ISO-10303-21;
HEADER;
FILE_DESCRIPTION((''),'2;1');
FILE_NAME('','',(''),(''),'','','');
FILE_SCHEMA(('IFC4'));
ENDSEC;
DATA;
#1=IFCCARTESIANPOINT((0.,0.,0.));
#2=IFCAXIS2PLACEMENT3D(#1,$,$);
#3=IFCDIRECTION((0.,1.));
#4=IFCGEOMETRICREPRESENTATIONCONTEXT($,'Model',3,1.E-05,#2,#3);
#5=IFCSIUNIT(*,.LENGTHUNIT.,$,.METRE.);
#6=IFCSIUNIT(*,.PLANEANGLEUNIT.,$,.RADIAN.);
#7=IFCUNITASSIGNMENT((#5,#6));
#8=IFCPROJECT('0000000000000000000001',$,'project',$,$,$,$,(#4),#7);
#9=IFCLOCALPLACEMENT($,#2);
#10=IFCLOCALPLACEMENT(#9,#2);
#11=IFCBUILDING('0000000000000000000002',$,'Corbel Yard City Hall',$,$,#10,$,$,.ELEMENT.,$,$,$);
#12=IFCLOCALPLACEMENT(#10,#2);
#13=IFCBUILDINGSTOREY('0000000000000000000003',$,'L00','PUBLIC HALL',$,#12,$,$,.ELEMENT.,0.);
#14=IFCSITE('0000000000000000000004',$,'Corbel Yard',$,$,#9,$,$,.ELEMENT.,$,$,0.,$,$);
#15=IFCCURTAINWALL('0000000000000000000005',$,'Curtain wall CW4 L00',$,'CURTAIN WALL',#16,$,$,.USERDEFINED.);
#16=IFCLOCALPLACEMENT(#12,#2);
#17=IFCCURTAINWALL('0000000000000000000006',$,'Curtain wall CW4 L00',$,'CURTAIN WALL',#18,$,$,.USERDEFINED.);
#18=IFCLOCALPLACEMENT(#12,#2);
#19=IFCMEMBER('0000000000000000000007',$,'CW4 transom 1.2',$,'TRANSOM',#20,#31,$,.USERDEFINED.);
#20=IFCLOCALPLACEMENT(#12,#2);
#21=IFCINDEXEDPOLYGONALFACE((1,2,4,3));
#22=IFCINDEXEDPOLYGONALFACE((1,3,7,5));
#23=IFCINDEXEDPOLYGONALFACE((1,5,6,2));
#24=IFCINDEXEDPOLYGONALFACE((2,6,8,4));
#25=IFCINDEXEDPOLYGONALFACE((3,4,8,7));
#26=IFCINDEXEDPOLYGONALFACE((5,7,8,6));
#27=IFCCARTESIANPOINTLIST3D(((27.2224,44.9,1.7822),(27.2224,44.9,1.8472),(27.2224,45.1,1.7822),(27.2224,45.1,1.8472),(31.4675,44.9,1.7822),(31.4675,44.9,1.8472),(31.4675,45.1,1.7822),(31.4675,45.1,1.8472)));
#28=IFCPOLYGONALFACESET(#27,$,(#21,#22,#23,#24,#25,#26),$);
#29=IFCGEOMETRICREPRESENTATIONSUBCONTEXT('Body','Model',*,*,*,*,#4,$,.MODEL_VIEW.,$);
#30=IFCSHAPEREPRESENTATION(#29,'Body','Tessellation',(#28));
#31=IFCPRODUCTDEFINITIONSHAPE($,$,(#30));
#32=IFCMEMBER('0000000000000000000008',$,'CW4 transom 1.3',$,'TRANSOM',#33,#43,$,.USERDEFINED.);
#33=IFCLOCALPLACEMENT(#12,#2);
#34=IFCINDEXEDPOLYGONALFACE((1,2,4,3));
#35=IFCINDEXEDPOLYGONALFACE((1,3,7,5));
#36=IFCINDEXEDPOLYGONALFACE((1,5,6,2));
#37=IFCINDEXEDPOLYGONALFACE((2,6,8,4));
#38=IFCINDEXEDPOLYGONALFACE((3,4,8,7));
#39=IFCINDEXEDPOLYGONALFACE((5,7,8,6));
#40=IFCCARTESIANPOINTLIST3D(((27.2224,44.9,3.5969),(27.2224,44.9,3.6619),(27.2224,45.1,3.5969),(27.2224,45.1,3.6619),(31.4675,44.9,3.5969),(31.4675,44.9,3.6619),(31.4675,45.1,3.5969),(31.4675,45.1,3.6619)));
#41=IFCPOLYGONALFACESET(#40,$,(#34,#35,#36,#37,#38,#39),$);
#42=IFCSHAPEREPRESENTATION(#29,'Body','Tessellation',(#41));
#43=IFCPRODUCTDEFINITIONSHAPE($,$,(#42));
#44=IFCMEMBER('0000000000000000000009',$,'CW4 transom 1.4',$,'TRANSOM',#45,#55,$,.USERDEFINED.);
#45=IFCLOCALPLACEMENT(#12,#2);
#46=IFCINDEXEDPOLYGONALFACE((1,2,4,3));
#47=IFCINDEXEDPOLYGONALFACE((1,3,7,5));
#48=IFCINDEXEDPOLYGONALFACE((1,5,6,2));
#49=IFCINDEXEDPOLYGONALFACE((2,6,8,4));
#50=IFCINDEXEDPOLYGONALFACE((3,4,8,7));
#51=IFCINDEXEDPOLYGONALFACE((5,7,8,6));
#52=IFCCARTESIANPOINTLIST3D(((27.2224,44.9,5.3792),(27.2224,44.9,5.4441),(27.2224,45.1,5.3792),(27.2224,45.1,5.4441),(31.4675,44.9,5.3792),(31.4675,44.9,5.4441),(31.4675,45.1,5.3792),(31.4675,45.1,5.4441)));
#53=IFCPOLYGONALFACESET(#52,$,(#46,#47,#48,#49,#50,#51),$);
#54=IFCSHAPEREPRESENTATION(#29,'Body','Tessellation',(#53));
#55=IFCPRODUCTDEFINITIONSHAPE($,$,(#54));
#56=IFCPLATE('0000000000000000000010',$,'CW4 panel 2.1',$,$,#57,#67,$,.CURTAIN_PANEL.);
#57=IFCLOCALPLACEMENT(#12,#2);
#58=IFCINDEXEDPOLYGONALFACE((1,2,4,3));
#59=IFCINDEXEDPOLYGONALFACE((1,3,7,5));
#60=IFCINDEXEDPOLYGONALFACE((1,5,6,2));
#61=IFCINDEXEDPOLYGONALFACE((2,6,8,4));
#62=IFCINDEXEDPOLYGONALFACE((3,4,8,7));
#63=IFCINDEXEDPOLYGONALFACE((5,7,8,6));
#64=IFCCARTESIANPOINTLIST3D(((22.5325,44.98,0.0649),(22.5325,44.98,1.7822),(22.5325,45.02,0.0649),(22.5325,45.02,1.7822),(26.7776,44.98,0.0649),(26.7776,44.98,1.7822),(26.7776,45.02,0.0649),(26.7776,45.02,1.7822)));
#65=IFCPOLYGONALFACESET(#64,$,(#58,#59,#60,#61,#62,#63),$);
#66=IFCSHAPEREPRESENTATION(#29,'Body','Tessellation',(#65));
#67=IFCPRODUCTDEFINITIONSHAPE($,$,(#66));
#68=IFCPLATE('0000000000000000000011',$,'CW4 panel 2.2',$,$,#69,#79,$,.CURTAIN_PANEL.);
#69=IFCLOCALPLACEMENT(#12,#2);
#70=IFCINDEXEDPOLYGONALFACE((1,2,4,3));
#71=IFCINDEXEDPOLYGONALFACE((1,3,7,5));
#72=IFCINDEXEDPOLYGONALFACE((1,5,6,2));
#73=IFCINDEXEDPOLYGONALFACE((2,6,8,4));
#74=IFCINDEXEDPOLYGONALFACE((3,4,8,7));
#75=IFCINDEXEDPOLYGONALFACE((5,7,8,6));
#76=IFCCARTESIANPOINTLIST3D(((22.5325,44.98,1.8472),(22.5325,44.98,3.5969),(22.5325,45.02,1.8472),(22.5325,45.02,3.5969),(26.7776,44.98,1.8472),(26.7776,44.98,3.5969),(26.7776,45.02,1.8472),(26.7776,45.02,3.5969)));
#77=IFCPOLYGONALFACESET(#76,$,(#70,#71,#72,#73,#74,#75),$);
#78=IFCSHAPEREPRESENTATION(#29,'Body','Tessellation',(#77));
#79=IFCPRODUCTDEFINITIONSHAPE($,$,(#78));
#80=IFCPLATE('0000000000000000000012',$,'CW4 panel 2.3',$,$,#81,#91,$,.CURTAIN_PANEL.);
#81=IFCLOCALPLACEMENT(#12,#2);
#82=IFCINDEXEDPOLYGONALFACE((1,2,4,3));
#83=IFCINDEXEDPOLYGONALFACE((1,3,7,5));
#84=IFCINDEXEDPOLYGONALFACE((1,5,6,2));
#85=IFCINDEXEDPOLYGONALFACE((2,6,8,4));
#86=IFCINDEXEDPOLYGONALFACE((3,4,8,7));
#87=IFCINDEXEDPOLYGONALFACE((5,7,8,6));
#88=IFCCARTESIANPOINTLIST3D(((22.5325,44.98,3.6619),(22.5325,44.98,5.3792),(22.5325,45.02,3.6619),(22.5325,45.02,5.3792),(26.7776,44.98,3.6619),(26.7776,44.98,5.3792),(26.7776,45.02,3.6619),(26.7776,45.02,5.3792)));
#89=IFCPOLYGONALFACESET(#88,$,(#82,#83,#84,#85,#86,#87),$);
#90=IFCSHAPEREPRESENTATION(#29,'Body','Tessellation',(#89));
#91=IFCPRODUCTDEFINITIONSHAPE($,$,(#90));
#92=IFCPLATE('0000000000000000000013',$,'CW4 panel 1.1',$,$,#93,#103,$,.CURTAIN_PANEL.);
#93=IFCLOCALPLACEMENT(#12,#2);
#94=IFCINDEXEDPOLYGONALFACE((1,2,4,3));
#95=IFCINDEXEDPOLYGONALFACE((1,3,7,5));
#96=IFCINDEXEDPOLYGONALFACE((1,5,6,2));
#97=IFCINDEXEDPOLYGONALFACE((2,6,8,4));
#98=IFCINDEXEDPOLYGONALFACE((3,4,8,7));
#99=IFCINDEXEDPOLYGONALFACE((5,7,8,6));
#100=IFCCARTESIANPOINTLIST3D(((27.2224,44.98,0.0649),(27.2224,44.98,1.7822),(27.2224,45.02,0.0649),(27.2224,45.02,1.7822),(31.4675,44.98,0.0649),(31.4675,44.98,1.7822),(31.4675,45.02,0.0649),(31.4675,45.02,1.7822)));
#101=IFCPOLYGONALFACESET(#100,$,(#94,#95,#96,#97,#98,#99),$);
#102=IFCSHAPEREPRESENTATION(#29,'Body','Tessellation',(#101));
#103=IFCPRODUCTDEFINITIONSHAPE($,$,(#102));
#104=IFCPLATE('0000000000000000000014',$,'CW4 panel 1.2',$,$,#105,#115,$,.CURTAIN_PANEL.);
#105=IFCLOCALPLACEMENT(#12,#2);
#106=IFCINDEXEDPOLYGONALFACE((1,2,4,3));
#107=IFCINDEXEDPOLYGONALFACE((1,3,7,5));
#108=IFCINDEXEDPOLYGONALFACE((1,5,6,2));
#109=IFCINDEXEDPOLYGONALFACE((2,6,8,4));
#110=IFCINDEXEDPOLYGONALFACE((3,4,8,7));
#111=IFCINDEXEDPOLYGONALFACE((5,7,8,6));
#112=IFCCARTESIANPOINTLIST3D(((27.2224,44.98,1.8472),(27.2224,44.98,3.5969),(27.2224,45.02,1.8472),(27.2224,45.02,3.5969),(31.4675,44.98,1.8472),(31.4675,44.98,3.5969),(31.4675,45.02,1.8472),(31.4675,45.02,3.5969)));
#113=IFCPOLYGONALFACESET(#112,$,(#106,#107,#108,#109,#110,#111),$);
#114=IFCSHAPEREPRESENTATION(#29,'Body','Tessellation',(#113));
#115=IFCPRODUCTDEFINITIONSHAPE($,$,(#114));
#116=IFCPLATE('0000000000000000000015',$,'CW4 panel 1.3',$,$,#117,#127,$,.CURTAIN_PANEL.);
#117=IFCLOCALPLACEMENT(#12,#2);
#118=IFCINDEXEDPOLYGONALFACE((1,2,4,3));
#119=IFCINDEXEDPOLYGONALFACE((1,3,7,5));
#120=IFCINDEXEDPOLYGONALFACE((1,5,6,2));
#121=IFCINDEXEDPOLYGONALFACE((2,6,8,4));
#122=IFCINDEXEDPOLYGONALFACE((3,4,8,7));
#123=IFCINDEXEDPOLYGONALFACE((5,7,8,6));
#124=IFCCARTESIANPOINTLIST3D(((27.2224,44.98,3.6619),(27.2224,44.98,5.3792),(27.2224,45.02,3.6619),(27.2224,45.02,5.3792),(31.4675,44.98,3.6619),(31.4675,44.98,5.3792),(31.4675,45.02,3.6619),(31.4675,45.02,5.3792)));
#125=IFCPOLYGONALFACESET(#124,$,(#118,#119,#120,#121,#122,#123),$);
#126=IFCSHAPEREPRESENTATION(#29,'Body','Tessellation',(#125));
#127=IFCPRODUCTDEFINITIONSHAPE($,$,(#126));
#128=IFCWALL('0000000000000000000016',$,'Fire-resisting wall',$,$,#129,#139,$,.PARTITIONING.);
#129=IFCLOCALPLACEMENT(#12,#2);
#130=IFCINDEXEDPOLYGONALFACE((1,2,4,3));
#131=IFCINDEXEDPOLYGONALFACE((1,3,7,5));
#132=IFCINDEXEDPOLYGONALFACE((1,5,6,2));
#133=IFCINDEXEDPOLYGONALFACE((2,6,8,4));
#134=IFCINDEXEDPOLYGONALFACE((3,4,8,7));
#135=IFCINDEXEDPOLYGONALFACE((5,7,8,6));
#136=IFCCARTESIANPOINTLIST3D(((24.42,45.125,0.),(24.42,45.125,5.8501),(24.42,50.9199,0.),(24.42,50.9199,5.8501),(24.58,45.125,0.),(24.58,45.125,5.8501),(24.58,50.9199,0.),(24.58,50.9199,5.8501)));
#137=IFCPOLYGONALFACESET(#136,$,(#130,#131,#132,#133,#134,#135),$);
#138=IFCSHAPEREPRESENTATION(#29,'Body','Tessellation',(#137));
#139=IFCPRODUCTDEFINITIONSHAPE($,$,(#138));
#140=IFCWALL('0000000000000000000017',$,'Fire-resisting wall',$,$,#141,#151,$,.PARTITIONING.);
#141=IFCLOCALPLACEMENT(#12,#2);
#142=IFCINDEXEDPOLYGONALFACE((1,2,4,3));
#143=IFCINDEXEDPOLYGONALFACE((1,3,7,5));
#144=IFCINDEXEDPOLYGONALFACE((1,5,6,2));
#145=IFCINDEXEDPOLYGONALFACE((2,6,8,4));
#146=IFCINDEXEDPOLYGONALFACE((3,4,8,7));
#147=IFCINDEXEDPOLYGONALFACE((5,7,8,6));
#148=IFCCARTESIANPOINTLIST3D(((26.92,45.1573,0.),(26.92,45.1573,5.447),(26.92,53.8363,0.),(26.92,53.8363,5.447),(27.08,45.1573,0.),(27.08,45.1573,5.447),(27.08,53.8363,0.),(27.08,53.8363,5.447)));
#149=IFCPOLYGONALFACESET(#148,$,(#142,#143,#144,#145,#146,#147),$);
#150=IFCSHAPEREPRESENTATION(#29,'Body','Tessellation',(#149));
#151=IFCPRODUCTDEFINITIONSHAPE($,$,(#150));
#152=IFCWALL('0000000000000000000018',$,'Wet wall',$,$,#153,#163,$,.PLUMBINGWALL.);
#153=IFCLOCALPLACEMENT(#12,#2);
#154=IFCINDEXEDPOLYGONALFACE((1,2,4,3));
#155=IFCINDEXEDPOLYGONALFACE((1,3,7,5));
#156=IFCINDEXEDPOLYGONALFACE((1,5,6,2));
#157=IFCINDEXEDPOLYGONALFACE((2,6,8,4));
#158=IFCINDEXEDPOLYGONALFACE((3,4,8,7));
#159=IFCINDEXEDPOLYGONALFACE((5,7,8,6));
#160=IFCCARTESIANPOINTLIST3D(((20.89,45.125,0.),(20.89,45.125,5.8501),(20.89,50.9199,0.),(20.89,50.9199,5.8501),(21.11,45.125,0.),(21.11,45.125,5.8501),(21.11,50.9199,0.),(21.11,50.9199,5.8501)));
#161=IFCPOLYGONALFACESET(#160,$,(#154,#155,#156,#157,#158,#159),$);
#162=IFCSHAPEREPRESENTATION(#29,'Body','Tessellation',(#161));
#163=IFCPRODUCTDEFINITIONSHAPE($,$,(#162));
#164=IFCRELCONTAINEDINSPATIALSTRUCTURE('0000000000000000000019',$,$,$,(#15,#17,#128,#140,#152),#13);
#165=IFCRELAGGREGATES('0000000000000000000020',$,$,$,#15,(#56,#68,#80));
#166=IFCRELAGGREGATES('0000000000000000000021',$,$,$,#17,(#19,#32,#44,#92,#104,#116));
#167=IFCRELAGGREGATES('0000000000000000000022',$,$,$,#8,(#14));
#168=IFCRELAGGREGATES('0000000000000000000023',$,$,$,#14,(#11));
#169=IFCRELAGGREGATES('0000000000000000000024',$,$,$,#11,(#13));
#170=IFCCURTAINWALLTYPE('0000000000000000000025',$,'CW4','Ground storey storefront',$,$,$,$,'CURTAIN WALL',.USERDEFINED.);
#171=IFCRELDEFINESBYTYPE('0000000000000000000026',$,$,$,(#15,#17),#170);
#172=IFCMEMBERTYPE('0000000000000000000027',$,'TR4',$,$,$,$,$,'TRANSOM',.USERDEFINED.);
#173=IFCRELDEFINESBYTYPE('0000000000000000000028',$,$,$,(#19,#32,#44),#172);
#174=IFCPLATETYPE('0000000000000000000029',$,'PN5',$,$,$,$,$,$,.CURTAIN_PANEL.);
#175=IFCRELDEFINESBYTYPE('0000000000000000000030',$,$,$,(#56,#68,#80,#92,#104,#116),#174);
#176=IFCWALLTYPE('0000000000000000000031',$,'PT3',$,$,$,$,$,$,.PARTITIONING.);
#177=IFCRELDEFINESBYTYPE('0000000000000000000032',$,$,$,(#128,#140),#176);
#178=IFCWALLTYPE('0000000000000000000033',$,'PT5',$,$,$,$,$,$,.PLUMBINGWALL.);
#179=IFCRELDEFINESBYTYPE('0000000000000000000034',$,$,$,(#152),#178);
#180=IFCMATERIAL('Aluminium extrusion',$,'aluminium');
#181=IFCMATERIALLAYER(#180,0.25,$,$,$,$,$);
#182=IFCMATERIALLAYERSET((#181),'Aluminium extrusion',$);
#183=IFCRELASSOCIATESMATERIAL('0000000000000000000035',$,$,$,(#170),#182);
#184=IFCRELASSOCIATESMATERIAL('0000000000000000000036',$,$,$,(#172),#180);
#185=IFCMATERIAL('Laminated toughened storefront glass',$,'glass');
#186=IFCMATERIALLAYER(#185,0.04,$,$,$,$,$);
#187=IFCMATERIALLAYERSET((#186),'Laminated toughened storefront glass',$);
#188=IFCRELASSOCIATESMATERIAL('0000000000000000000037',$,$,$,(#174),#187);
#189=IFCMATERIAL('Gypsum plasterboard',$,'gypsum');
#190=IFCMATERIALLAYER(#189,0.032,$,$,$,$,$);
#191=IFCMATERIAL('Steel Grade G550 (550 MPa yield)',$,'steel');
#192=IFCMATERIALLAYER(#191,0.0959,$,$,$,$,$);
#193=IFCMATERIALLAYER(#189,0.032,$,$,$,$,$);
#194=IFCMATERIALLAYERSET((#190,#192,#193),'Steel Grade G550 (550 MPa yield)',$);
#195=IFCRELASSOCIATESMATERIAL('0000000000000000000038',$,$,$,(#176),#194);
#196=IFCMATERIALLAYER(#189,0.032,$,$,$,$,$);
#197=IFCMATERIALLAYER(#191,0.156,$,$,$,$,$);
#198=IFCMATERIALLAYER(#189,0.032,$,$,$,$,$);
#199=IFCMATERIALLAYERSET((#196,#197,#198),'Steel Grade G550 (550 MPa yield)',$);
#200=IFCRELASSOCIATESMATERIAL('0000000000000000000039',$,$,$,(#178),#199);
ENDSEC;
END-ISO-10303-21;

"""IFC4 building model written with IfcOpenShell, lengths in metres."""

from ifc_helpers import new_model, si_unit, direction, frame, frame_2d, origin, origin_2d, place, context, subcontext, project, spatial, rectangle, extrude, material, layer, layer_set, material_profile, profile_set, type_object, element, aggregate, save


model = new_model("IFC4")

# Units and contexts
model_context = context("Model", 3, precision=1e-05, world=origin(), true_north=direction((0.0, 1.0)))
body_context = subcontext(model_context, "Body", "Model", "MODEL_VIEW")
ifc_project = project(units=[si_unit("LENGTHUNIT", "METRE"), si_unit("PLANEANGLEUNIT", "RADIAN")], contexts=[model_context])

# Site, building, storey
site_placement = place(None, origin())
site = spatial("IfcSite", under=ifc_project, at=site_placement, Name="Corbel Yard", CompositionType="ELEMENT", RefElevation=0.0)
building_placement = place(site_placement, origin())
building = spatial("IfcBuilding", under=site, at=building_placement, Name="Corbel Yard City Hall", CompositionType="ELEMENT")
storey_placement = place(building_placement, origin())
storey = spatial("IfcBuildingStorey", under=building, at=storey_placement, Name="L00", Description="PUBLIC HALL", CompositionType="ELEMENT", Elevation=0.0)

# Curtain wall
ifc_material_1 = material(Name="Aluminium extrusion", Category="aluminium")
ifc_layer_1 = layer(ifc_material_1, 0.25)
ifc_layer_set_1 = layer_set([ifc_layer_1], Name="Aluminium extrusion")
curtain_wall_type = type_object("IfcCurtainWallType", Name="CW4", Description="Ground storey storefront", ElementType="CURTAIN WALL", PredefinedType="USERDEFINED", material=ifc_layer_set_1)
curtain_wall_1_placement = place(storey_placement, origin())
curtain_wall_1 = element("IfcCurtainWall", 1, at=curtain_wall_1_placement, inside=storey, type_object=curtain_wall_type, Name="Curtain wall CW4 L00", ObjectType="CURTAIN WALL", PredefinedType="USERDEFINED")

# Curtain wall, members
curtain_wall_2_placement = place(storey_placement, origin())
curtain_wall_2 = element("IfcCurtainWall", 2, at=curtain_wall_2_placement, inside=storey, type_object=curtain_wall_type, Name="Curtain wall CW4 L00", ObjectType="CURTAIN WALL", PredefinedType="USERDEFINED")
ifc_material_profile_1 = material_profile(ifc_material_1, rectangle(XDim=0.2, YDim=0.0649, at=origin_2d()), Name="200x65")
ifc_profile_set_1 = profile_set([ifc_material_profile_1], Name="Aluminium extrusion")
member_type_1 = type_object("IfcMemberType", Name="TR4", ElementType="TRANSOM", PredefinedType="USERDEFINED", material=ifc_profile_set_1)
member_1_placement = place(storey_placement, frame((27.2224, 45.0, 1.8147), z_axis=(1.0, 0.0, 0.0), x_axis=(0.0, 1.0, 0.0)))
member_1 = element("IfcMember", 3, at=member_1_placement, type_object=member_type_1, Name="CW4 transom 1.2", ObjectType="TRANSOM", PredefinedType="USERDEFINED", context=body_context, shape_type="SweptSolid", body=[
    extrude(rectangle(XDim=0.2, YDim=0.0649, at=origin_2d()), origin(), (0.0, 0.0, 1.0), 4.2451),
])
member_2_placement = place(storey_placement, frame((27.2224, 45.0, 3.6294), z_axis=(1.0, 0.0, 0.0), x_axis=(0.0, 1.0, 0.0)))
member_2 = element("IfcMember", 4, at=member_2_placement, type_object=member_type_1, Name="CW4 transom 1.3", ObjectType="TRANSOM", PredefinedType="USERDEFINED", context=body_context, shape_type="SweptSolid", body=[
    extrude(rectangle(XDim=0.2, YDim=0.0649, at=origin_2d()), origin(), (0.0, 0.0, 1.0), 4.2451),
])
member_3_placement = place(storey_placement, frame((27.2224, 45.0, 5.4116), z_axis=(1.0, 0.0, 0.0), x_axis=(0.0, 1.0, 0.0)))
member_3 = element("IfcMember", 5, at=member_3_placement, type_object=member_type_1, Name="CW4 transom 1.4", ObjectType="TRANSOM", PredefinedType="USERDEFINED", context=body_context, shape_type="SweptSolid", body=[
    extrude(rectangle(XDim=0.2, YDim=0.0649, at=origin_2d()), origin(), (0.0, 0.0, 1.0), 4.2451),
])

# Plates
ifc_material_2 = material(Name="Laminated toughened storefront glass", Category="glass")
ifc_layer_2 = layer(ifc_material_2, 0.04)
ifc_layer_set_2 = layer_set([ifc_layer_2], Name="Laminated toughened storefront glass")
plate_type = type_object("IfcPlateType", Name="PN5", PredefinedType="CURTAIN_PANEL", material=ifc_layer_set_2)
plate_1_placement = place(storey_placement, frame((24.655, 45.0, 0.0649), z_axis=(0.0, 0.0, 1.0), x_axis=(1.0, 0.0, 0.0)))
plate_1 = element("IfcPlate", 6, at=plate_1_placement, type_object=plate_type, Name="CW4 panel 2.1", PredefinedType="CURTAIN_PANEL", context=body_context, shape_type="SweptSolid", body=[
    extrude(rectangle(XDim=4.2451, YDim=0.04, at=origin_2d()), origin(), (0.0, 0.0, 1.0), 1.7173),
])
plate_2_placement = place(storey_placement, frame((24.655, 45.0, 1.8472), z_axis=(0.0, 0.0, 1.0), x_axis=(1.0, 0.0, 0.0)))
plate_2 = element("IfcPlate", 7, at=plate_2_placement, type_object=plate_type, Name="CW4 panel 2.2", PredefinedType="CURTAIN_PANEL", context=body_context, shape_type="SweptSolid", body=[
    extrude(rectangle(XDim=4.2451, YDim=0.04, at=origin_2d()), origin(), (0.0, 0.0, 1.0), 1.7498),
])
plate_3_placement = place(storey_placement, frame((24.655, 45.0, 3.6619), z_axis=(0.0, 0.0, 1.0), x_axis=(1.0, 0.0, 0.0)))
plate_3 = element("IfcPlate", 8, at=plate_3_placement, type_object=plate_type, Name="CW4 panel 2.3", PredefinedType="CURTAIN_PANEL", context=body_context, shape_type="SweptSolid", body=[
    extrude(rectangle(XDim=4.2451, YDim=0.04, at=origin_2d()), origin(), (0.0, 0.0, 1.0), 1.7173),
])
aggregate(curtain_wall_1, [plate_1, plate_2, plate_3])
plate_4_placement = place(storey_placement, frame((29.345, 45.0, 0.0649), z_axis=(0.0, 0.0, 1.0), x_axis=(1.0, 0.0, 0.0)))
plate_4 = element("IfcPlate", 9, at=plate_4_placement, type_object=plate_type, Name="CW4 panel 1.1", PredefinedType="CURTAIN_PANEL", context=body_context, shape_type="SweptSolid", body=[
    extrude(rectangle(XDim=4.2451, YDim=0.04, at=origin_2d()), origin(), (0.0, 0.0, 1.0), 1.7173),
])
plate_5_placement = place(storey_placement, frame((29.345, 45.0, 1.8472), z_axis=(0.0, 0.0, 1.0), x_axis=(1.0, 0.0, 0.0)))
plate_5 = element("IfcPlate", 10, at=plate_5_placement, type_object=plate_type, Name="CW4 panel 1.2", PredefinedType="CURTAIN_PANEL", context=body_context, shape_type="SweptSolid", body=[
    extrude(rectangle(XDim=4.2451, YDim=0.04, at=origin_2d()), origin(), (0.0, 0.0, 1.0), 1.7498),
])
plate_6_placement = place(storey_placement, frame((29.345, 45.0, 3.6619), z_axis=(0.0, 0.0, 1.0), x_axis=(1.0, 0.0, 0.0)))
plate_6 = element("IfcPlate", 11, at=plate_6_placement, type_object=plate_type, Name="CW4 panel 1.3", PredefinedType="CURTAIN_PANEL", context=body_context, shape_type="SweptSolid", body=[
    extrude(rectangle(XDim=4.2451, YDim=0.04, at=origin_2d()), origin(), (0.0, 0.0, 1.0), 1.7173),
])
aggregate(curtain_wall_2, [member_1, member_2, member_3, plate_4, plate_5, plate_6])

# Walls
ifc_material_3 = material(Name="Gypsum plasterboard", Category="gypsum")
ifc_layer_3 = layer(ifc_material_3, 0.032)
ifc_material_4 = material(Name="Steel Grade G550 (550 MPa yield)", Category="steel")
ifc_layer_4 = layer(ifc_material_4, 0.0959)
ifc_layer_5 = layer(ifc_material_3, 0.032)
ifc_layer_set_3 = layer_set([ifc_layer_3, ifc_layer_4, ifc_layer_5], Name="Steel Grade G550 (550 MPa yield)")
wall_type_1 = type_object("IfcWallType", Name="PT3", PredefinedType="PARTITIONING", material=ifc_layer_set_3)
wall_1_placement = place(storey_placement, frame((24.5, 45.125, 0.0), z_axis=(0.0, 0.0, 1.0), x_axis=(0.0, 1.0, 0.0)))
element("IfcWall", 12, at=wall_1_placement, inside=storey, type_object=wall_type_1, Name="Fire-resisting wall", PredefinedType="PARTITIONING", context=body_context, shape_type="SweptSolid", body=[
    extrude(rectangle(XDim=5.7949, YDim=0.1599, at=frame_2d((2.8975, 0.0))), origin(), (0.0, 0.0, 1.0), 5.8501),
])
wall_2_placement = place(storey_placement, frame((27.0, 45.1575, 0.0), z_axis=(0.0, 0.0, 1.0), x_axis=(0.0, 1.0, 0.0)))
element("IfcWall", 13, at=wall_2_placement, inside=storey, type_object=wall_type_1, Name="Fire-resisting wall", PredefinedType="PARTITIONING", context=body_context, shape_type="SweptSolid", body=[
    extrude(rectangle(XDim=8.679, YDim=0.1599, at=frame_2d((4.3394, 0.0))), origin(), (0.0, 0.0, 1.0), 5.447),
])
ifc_layer_6 = layer(ifc_material_3, 0.032)
ifc_layer_7 = layer(ifc_material_4, 0.156)
ifc_layer_8 = layer(ifc_material_3, 0.032)
ifc_layer_set_4 = layer_set([ifc_layer_6, ifc_layer_7, ifc_layer_8], Name="Steel Grade G550 (550 MPa yield)")
wall_type_2 = type_object("IfcWallType", Name="PT5", PredefinedType="PLUMBINGWALL", material=ifc_layer_set_4)
wall_3_placement = place(storey_placement, frame((21.0, 45.125, 0.0), z_axis=(0.0, 0.0, 1.0), x_axis=(0.0, 1.0, 0.0)))
element("IfcWall", 14, at=wall_3_placement, inside=storey, type_object=wall_type_2, Name="Wet wall", PredefinedType="PLUMBINGWALL", context=body_context, shape_type="SweptSolid", body=[
    extrude(rectangle(XDim=5.7949, YDim=0.22, at=frame_2d((2.8975, 0.0))), origin(), (0.0, 0.0, 1.0), 5.8501),
])

save(model, "model.ifc")
